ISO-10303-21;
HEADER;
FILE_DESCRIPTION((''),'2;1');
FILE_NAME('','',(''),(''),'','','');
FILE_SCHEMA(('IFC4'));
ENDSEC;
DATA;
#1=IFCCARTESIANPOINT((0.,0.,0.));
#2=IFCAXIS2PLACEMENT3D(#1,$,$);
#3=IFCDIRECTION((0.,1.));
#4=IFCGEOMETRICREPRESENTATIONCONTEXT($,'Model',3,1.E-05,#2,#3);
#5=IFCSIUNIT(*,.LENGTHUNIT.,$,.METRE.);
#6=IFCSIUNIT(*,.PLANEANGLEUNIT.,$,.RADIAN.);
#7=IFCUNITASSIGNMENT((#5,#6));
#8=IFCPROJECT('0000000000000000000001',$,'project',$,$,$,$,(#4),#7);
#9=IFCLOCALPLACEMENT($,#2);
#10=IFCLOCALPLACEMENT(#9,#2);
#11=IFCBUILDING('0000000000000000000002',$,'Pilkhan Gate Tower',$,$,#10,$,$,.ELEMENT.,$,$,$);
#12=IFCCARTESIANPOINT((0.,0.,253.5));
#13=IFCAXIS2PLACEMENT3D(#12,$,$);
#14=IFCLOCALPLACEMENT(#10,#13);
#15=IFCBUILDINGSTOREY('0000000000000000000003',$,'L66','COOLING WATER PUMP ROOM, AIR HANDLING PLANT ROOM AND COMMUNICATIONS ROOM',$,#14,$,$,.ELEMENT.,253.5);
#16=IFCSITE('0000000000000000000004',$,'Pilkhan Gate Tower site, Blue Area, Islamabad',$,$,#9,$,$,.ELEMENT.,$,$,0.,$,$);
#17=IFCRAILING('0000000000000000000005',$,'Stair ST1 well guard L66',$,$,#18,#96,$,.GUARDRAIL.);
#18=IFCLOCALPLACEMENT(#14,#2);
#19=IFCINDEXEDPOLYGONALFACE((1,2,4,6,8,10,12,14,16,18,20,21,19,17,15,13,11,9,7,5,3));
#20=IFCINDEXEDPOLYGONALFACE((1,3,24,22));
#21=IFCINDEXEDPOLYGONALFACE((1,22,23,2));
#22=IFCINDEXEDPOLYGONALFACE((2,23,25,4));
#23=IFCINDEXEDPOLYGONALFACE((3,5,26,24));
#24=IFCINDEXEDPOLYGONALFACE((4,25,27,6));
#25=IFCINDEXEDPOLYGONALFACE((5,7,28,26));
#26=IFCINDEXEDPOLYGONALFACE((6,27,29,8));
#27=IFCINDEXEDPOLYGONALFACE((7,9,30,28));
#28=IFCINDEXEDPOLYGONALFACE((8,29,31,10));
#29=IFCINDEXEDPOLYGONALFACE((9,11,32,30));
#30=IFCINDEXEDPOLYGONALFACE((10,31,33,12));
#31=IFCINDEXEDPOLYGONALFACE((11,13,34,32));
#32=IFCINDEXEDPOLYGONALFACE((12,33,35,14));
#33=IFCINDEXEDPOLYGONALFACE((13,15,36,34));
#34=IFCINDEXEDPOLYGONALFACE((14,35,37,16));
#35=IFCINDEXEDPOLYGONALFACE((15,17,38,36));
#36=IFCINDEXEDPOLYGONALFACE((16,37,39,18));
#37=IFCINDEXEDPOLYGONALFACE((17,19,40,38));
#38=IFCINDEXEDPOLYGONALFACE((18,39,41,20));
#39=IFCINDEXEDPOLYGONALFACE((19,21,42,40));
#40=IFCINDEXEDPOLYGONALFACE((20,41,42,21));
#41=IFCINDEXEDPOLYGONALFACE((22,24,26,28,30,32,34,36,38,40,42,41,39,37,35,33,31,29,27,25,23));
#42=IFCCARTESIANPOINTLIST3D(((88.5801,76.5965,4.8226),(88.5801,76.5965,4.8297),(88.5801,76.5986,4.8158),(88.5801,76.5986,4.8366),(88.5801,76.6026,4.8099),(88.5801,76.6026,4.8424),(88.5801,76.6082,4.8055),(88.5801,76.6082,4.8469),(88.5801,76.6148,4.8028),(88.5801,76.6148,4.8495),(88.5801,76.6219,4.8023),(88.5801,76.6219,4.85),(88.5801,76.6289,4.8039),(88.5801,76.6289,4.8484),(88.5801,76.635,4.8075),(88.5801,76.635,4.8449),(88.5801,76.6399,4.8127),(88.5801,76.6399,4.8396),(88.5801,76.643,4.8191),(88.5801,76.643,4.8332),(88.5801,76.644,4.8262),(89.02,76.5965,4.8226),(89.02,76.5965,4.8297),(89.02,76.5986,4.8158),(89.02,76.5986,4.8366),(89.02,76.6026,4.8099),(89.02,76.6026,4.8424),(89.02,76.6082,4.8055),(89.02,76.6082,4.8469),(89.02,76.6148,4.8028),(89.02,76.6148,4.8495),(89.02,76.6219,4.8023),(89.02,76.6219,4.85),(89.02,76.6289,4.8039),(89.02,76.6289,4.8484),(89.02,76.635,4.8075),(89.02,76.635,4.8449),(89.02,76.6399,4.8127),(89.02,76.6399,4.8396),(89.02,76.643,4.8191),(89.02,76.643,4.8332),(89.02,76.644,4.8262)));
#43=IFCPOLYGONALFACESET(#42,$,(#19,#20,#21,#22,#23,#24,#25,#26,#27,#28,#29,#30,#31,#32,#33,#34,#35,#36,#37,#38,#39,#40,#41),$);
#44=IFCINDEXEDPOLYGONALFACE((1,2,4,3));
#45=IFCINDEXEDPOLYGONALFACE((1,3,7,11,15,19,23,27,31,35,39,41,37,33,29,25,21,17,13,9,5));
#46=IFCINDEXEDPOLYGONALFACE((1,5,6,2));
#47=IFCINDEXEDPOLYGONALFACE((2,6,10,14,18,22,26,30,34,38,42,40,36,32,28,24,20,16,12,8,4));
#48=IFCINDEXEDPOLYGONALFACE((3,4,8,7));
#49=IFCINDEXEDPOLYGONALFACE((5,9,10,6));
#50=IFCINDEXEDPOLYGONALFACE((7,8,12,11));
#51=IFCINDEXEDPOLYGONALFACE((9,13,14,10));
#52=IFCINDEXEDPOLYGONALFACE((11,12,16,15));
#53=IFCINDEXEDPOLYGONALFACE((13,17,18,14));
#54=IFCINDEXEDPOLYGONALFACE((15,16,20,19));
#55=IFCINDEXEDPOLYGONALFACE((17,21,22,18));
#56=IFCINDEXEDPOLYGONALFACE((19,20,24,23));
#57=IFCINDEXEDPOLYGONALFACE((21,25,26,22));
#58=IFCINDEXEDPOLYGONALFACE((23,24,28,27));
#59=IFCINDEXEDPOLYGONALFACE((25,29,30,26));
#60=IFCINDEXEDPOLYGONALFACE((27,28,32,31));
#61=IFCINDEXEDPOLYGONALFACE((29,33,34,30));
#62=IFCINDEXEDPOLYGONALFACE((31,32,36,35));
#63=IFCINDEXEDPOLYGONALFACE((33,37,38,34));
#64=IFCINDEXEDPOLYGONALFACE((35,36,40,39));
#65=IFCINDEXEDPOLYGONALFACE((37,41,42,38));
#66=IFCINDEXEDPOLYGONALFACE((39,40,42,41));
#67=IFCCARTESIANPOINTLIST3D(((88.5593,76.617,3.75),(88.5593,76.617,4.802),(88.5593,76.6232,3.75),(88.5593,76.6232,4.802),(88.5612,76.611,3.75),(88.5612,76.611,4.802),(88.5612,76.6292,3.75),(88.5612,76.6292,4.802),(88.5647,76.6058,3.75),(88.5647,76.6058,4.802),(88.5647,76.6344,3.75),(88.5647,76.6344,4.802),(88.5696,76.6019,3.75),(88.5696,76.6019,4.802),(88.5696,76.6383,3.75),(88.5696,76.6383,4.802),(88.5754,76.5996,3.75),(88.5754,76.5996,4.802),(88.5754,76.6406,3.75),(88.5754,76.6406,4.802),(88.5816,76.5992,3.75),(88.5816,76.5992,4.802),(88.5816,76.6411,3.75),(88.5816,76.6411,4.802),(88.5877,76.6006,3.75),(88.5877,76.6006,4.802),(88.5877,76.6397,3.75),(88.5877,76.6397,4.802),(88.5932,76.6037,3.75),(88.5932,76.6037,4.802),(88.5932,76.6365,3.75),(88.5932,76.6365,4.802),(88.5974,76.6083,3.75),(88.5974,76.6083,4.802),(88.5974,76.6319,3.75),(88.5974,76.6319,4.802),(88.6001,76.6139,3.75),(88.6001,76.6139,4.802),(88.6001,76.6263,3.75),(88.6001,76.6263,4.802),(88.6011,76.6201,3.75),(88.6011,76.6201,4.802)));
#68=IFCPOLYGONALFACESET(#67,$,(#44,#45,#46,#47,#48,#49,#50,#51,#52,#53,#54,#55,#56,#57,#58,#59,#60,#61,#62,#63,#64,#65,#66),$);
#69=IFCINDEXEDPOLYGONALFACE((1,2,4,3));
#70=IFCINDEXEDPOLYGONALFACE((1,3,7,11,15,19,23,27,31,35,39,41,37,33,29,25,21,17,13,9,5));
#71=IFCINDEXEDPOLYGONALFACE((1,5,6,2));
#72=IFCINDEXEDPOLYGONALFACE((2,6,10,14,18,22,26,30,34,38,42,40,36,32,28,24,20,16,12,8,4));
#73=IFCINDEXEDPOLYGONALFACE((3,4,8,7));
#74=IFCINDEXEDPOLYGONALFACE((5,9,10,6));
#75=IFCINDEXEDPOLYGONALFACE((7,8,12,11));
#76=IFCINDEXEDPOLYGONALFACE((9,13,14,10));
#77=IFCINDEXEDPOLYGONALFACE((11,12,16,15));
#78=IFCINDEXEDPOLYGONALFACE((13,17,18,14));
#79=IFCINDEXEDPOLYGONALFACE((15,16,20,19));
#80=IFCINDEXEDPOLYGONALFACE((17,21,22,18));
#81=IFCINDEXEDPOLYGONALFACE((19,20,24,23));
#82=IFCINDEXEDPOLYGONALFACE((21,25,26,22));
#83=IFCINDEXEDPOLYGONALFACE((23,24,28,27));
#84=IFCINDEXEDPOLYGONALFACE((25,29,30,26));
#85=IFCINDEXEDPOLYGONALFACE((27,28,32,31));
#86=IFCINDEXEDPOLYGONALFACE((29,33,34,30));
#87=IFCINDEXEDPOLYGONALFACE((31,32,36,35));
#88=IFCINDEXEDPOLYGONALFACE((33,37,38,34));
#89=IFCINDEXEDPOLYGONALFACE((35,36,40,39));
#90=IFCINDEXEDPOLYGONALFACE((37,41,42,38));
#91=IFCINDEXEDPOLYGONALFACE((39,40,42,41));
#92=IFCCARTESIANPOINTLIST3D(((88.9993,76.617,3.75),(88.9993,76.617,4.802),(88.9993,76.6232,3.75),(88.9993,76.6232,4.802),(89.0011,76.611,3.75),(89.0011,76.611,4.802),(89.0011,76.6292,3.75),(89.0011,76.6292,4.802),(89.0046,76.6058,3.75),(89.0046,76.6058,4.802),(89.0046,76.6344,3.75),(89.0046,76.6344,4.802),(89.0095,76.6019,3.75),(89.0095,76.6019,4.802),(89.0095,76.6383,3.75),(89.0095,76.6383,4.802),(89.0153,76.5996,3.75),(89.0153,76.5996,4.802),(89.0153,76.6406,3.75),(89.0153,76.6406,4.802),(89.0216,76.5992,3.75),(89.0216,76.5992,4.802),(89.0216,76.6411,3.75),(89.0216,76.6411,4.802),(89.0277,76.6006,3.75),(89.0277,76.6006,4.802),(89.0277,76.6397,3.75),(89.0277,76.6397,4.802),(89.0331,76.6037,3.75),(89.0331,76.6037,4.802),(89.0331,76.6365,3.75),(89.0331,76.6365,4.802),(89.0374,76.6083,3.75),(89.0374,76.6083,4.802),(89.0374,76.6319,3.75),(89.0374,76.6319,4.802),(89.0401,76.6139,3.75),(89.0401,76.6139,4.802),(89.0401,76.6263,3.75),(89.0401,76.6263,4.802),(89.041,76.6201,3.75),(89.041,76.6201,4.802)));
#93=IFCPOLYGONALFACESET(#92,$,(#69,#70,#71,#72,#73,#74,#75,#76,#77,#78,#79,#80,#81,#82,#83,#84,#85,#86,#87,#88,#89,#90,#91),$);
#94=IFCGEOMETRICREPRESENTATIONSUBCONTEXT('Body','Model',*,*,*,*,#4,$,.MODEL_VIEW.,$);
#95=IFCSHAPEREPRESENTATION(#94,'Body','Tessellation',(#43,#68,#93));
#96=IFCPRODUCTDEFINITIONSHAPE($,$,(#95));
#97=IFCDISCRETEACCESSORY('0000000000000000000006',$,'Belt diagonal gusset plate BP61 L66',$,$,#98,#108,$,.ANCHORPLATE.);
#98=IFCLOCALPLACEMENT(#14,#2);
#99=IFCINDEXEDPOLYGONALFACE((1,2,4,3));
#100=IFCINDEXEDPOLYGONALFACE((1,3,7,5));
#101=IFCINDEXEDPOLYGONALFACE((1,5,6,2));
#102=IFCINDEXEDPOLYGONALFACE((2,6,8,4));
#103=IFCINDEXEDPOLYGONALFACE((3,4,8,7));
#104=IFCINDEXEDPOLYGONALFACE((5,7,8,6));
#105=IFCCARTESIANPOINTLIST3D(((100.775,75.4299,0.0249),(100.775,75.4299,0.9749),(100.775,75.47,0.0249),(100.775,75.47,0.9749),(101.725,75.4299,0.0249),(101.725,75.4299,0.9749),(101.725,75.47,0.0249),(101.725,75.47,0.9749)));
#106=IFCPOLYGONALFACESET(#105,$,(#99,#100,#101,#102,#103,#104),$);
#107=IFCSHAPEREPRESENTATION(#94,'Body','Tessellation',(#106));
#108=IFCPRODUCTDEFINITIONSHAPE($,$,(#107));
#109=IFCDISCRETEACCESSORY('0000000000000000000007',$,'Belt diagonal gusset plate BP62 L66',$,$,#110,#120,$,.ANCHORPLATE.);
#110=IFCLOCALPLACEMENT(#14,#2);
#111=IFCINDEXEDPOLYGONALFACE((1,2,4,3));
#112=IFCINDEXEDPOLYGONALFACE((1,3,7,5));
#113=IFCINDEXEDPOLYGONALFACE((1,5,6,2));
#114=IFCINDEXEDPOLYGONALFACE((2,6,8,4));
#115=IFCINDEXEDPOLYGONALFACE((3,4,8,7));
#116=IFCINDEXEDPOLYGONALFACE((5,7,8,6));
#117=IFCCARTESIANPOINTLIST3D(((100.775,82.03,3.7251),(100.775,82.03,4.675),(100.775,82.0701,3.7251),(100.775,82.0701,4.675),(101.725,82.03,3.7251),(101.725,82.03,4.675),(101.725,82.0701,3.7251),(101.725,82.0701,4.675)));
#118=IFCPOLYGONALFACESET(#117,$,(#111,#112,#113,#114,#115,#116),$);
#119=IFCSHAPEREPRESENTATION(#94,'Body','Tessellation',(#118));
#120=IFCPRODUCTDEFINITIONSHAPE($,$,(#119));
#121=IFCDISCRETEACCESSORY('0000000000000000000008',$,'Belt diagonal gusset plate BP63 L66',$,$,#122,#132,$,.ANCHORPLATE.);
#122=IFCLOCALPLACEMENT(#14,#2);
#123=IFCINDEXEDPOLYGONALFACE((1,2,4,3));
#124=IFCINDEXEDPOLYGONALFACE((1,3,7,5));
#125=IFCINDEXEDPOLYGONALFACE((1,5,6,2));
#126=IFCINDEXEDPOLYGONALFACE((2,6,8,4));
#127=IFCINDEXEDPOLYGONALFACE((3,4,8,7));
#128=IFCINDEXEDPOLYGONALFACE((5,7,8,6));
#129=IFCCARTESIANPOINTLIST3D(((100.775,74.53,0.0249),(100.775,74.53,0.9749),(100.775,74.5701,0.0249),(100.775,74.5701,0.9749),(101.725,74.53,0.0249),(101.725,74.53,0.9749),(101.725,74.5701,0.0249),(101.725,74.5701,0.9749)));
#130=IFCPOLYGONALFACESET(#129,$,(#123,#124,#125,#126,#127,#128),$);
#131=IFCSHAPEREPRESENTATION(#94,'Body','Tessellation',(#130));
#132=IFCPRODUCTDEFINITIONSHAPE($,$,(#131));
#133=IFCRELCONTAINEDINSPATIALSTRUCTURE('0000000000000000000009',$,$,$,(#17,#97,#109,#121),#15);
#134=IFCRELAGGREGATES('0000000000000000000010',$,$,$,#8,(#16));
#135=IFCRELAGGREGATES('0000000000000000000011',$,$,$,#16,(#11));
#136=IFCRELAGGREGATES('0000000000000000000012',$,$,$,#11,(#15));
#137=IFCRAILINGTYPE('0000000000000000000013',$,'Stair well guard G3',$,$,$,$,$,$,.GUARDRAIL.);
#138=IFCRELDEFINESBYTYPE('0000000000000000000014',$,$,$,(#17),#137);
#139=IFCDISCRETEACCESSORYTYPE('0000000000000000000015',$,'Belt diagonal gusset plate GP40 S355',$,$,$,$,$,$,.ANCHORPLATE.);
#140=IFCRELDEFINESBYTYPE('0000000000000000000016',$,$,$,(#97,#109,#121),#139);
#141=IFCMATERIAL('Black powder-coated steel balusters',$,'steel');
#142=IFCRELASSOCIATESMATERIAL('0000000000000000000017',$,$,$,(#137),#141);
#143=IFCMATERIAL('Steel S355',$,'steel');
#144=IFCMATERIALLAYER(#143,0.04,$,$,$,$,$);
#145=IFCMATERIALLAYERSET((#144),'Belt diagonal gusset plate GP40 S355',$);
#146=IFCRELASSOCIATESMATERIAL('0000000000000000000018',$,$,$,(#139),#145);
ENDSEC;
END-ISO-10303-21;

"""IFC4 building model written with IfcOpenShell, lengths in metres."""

from ifc_helpers import new_model, si_unit, direction, frame, origin, origin_2d, place, context, subcontext, project, spatial, rectangle, circle, extrude, material, layer, layer_set, type_object, element, save


model = new_model("IFC4")

# Units and contexts
model_context = context("Model", 3, precision=1e-05, world=origin(), true_north=direction((0.0, 1.0)))
body_context = subcontext(model_context, "Body", "Model", "MODEL_VIEW")
ifc_project = project(units=[si_unit("LENGTHUNIT", "METRE"), si_unit("PLANEANGLEUNIT", "RADIAN")], contexts=[model_context])

# Site, building, storey
site_placement = place(None, origin())
site = spatial("IfcSite", under=ifc_project, at=site_placement, Name="Pilkhan Gate Tower site, Blue Area, Islamabad", CompositionType="ELEMENT", RefElevation=0.0)
building_placement = place(site_placement, origin())
building = spatial("IfcBuilding", under=site, at=building_placement, Name="Pilkhan Gate Tower", CompositionType="ELEMENT")
storey_placement = place(building_placement, frame((0.0, 0.0, 253.5)))
storey = spatial("IfcBuildingStorey", under=building, at=storey_placement, Name="L66", Description="COOLING WATER PUMP ROOM, AIR HANDLING PLANT ROOM AND COMMUNICATIONS ROOM", CompositionType="ELEMENT", Elevation=253.5)

# Railing
ifc_material_1 = material(Name="Black powder-coated steel balusters", Category="steel")
railing_type = type_object("IfcRailingType", Name="Stair well guard G3", PredefinedType="GUARDRAIL", material=ifc_material_1)
for number, where, name in (
    (1, (88.5801, 76.6201, 3.75), "Stair ST1 well guard L66"),
):
    element("IfcRailing", number, at=place(storey_placement, frame(where)), inside=storey, type_object=railing_type, Name=name, PredefinedType="GUARDRAIL", context=body_context, shape_type="SweptSolid", body=[
        extrude(circle(Radius=0.0239, at=origin_2d()), frame((0.0, 0.0, 1.0762), z_axis=(1.0, 0.0, 0.0), x_axis=(0.0, 1.0, 0.0)), (0.0, 0.0, 1.0), 0.4399),
        extrude(circle(Radius=0.021, at=origin_2d()), origin(), (0.0, 0.0, 1.0), 1.052),
        extrude(circle(Radius=0.021, at=origin_2d()), frame((0.4399, 0.0, 0.0)), (0.0, 0.0, 1.0), 1.052),
    ])

# Discrete accessories
ifc_material_2 = material(Name="Steel S355", Category="steel")
ifc_layer_1 = layer(ifc_material_2, 0.04)
ifc_layer_set_1 = layer_set([ifc_layer_1], Name="Belt diagonal gusset plate GP40 S355")
discrete_accessory_type = type_object("IfcDiscreteAccessoryType", Name="Belt diagonal gusset plate GP40 S355", PredefinedType="ANCHORPLATE", material=ifc_layer_set_1)
for number, where, z_axis, x_axis, name in (
    (2, (101.25, 75.45, 0.0249), (0.0, 0.0, 1.0), (0.0, 1.0, 0.0), "Belt diagonal gusset plate BP61 L66"),
    (3, (101.25, 82.05, 3.7251), (0.0, 0.0, 1.0), (0.0, 1.0, 0.0), "Belt diagonal gusset plate BP62 L66"),
    (4, (101.25, 74.55, 0.0249), (0.0, 0.0, 1.0), (0.0, 1.0, 0.0), "Belt diagonal gusset plate BP63 L66"),
):
    element("IfcDiscreteAccessory", number, at=place(storey_placement, frame(where, z_axis=z_axis, x_axis=x_axis)), inside=storey, type_object=discrete_accessory_type, Name=name, PredefinedType="ANCHORPLATE", context=body_context, shape_type="SweptSolid", body=[
        extrude(rectangle(XDim=0.04, YDim=0.95, at=origin_2d()), origin(), (0.0, 0.0, 1.0), 0.95),
    ])

save(model, "model.ifc")
